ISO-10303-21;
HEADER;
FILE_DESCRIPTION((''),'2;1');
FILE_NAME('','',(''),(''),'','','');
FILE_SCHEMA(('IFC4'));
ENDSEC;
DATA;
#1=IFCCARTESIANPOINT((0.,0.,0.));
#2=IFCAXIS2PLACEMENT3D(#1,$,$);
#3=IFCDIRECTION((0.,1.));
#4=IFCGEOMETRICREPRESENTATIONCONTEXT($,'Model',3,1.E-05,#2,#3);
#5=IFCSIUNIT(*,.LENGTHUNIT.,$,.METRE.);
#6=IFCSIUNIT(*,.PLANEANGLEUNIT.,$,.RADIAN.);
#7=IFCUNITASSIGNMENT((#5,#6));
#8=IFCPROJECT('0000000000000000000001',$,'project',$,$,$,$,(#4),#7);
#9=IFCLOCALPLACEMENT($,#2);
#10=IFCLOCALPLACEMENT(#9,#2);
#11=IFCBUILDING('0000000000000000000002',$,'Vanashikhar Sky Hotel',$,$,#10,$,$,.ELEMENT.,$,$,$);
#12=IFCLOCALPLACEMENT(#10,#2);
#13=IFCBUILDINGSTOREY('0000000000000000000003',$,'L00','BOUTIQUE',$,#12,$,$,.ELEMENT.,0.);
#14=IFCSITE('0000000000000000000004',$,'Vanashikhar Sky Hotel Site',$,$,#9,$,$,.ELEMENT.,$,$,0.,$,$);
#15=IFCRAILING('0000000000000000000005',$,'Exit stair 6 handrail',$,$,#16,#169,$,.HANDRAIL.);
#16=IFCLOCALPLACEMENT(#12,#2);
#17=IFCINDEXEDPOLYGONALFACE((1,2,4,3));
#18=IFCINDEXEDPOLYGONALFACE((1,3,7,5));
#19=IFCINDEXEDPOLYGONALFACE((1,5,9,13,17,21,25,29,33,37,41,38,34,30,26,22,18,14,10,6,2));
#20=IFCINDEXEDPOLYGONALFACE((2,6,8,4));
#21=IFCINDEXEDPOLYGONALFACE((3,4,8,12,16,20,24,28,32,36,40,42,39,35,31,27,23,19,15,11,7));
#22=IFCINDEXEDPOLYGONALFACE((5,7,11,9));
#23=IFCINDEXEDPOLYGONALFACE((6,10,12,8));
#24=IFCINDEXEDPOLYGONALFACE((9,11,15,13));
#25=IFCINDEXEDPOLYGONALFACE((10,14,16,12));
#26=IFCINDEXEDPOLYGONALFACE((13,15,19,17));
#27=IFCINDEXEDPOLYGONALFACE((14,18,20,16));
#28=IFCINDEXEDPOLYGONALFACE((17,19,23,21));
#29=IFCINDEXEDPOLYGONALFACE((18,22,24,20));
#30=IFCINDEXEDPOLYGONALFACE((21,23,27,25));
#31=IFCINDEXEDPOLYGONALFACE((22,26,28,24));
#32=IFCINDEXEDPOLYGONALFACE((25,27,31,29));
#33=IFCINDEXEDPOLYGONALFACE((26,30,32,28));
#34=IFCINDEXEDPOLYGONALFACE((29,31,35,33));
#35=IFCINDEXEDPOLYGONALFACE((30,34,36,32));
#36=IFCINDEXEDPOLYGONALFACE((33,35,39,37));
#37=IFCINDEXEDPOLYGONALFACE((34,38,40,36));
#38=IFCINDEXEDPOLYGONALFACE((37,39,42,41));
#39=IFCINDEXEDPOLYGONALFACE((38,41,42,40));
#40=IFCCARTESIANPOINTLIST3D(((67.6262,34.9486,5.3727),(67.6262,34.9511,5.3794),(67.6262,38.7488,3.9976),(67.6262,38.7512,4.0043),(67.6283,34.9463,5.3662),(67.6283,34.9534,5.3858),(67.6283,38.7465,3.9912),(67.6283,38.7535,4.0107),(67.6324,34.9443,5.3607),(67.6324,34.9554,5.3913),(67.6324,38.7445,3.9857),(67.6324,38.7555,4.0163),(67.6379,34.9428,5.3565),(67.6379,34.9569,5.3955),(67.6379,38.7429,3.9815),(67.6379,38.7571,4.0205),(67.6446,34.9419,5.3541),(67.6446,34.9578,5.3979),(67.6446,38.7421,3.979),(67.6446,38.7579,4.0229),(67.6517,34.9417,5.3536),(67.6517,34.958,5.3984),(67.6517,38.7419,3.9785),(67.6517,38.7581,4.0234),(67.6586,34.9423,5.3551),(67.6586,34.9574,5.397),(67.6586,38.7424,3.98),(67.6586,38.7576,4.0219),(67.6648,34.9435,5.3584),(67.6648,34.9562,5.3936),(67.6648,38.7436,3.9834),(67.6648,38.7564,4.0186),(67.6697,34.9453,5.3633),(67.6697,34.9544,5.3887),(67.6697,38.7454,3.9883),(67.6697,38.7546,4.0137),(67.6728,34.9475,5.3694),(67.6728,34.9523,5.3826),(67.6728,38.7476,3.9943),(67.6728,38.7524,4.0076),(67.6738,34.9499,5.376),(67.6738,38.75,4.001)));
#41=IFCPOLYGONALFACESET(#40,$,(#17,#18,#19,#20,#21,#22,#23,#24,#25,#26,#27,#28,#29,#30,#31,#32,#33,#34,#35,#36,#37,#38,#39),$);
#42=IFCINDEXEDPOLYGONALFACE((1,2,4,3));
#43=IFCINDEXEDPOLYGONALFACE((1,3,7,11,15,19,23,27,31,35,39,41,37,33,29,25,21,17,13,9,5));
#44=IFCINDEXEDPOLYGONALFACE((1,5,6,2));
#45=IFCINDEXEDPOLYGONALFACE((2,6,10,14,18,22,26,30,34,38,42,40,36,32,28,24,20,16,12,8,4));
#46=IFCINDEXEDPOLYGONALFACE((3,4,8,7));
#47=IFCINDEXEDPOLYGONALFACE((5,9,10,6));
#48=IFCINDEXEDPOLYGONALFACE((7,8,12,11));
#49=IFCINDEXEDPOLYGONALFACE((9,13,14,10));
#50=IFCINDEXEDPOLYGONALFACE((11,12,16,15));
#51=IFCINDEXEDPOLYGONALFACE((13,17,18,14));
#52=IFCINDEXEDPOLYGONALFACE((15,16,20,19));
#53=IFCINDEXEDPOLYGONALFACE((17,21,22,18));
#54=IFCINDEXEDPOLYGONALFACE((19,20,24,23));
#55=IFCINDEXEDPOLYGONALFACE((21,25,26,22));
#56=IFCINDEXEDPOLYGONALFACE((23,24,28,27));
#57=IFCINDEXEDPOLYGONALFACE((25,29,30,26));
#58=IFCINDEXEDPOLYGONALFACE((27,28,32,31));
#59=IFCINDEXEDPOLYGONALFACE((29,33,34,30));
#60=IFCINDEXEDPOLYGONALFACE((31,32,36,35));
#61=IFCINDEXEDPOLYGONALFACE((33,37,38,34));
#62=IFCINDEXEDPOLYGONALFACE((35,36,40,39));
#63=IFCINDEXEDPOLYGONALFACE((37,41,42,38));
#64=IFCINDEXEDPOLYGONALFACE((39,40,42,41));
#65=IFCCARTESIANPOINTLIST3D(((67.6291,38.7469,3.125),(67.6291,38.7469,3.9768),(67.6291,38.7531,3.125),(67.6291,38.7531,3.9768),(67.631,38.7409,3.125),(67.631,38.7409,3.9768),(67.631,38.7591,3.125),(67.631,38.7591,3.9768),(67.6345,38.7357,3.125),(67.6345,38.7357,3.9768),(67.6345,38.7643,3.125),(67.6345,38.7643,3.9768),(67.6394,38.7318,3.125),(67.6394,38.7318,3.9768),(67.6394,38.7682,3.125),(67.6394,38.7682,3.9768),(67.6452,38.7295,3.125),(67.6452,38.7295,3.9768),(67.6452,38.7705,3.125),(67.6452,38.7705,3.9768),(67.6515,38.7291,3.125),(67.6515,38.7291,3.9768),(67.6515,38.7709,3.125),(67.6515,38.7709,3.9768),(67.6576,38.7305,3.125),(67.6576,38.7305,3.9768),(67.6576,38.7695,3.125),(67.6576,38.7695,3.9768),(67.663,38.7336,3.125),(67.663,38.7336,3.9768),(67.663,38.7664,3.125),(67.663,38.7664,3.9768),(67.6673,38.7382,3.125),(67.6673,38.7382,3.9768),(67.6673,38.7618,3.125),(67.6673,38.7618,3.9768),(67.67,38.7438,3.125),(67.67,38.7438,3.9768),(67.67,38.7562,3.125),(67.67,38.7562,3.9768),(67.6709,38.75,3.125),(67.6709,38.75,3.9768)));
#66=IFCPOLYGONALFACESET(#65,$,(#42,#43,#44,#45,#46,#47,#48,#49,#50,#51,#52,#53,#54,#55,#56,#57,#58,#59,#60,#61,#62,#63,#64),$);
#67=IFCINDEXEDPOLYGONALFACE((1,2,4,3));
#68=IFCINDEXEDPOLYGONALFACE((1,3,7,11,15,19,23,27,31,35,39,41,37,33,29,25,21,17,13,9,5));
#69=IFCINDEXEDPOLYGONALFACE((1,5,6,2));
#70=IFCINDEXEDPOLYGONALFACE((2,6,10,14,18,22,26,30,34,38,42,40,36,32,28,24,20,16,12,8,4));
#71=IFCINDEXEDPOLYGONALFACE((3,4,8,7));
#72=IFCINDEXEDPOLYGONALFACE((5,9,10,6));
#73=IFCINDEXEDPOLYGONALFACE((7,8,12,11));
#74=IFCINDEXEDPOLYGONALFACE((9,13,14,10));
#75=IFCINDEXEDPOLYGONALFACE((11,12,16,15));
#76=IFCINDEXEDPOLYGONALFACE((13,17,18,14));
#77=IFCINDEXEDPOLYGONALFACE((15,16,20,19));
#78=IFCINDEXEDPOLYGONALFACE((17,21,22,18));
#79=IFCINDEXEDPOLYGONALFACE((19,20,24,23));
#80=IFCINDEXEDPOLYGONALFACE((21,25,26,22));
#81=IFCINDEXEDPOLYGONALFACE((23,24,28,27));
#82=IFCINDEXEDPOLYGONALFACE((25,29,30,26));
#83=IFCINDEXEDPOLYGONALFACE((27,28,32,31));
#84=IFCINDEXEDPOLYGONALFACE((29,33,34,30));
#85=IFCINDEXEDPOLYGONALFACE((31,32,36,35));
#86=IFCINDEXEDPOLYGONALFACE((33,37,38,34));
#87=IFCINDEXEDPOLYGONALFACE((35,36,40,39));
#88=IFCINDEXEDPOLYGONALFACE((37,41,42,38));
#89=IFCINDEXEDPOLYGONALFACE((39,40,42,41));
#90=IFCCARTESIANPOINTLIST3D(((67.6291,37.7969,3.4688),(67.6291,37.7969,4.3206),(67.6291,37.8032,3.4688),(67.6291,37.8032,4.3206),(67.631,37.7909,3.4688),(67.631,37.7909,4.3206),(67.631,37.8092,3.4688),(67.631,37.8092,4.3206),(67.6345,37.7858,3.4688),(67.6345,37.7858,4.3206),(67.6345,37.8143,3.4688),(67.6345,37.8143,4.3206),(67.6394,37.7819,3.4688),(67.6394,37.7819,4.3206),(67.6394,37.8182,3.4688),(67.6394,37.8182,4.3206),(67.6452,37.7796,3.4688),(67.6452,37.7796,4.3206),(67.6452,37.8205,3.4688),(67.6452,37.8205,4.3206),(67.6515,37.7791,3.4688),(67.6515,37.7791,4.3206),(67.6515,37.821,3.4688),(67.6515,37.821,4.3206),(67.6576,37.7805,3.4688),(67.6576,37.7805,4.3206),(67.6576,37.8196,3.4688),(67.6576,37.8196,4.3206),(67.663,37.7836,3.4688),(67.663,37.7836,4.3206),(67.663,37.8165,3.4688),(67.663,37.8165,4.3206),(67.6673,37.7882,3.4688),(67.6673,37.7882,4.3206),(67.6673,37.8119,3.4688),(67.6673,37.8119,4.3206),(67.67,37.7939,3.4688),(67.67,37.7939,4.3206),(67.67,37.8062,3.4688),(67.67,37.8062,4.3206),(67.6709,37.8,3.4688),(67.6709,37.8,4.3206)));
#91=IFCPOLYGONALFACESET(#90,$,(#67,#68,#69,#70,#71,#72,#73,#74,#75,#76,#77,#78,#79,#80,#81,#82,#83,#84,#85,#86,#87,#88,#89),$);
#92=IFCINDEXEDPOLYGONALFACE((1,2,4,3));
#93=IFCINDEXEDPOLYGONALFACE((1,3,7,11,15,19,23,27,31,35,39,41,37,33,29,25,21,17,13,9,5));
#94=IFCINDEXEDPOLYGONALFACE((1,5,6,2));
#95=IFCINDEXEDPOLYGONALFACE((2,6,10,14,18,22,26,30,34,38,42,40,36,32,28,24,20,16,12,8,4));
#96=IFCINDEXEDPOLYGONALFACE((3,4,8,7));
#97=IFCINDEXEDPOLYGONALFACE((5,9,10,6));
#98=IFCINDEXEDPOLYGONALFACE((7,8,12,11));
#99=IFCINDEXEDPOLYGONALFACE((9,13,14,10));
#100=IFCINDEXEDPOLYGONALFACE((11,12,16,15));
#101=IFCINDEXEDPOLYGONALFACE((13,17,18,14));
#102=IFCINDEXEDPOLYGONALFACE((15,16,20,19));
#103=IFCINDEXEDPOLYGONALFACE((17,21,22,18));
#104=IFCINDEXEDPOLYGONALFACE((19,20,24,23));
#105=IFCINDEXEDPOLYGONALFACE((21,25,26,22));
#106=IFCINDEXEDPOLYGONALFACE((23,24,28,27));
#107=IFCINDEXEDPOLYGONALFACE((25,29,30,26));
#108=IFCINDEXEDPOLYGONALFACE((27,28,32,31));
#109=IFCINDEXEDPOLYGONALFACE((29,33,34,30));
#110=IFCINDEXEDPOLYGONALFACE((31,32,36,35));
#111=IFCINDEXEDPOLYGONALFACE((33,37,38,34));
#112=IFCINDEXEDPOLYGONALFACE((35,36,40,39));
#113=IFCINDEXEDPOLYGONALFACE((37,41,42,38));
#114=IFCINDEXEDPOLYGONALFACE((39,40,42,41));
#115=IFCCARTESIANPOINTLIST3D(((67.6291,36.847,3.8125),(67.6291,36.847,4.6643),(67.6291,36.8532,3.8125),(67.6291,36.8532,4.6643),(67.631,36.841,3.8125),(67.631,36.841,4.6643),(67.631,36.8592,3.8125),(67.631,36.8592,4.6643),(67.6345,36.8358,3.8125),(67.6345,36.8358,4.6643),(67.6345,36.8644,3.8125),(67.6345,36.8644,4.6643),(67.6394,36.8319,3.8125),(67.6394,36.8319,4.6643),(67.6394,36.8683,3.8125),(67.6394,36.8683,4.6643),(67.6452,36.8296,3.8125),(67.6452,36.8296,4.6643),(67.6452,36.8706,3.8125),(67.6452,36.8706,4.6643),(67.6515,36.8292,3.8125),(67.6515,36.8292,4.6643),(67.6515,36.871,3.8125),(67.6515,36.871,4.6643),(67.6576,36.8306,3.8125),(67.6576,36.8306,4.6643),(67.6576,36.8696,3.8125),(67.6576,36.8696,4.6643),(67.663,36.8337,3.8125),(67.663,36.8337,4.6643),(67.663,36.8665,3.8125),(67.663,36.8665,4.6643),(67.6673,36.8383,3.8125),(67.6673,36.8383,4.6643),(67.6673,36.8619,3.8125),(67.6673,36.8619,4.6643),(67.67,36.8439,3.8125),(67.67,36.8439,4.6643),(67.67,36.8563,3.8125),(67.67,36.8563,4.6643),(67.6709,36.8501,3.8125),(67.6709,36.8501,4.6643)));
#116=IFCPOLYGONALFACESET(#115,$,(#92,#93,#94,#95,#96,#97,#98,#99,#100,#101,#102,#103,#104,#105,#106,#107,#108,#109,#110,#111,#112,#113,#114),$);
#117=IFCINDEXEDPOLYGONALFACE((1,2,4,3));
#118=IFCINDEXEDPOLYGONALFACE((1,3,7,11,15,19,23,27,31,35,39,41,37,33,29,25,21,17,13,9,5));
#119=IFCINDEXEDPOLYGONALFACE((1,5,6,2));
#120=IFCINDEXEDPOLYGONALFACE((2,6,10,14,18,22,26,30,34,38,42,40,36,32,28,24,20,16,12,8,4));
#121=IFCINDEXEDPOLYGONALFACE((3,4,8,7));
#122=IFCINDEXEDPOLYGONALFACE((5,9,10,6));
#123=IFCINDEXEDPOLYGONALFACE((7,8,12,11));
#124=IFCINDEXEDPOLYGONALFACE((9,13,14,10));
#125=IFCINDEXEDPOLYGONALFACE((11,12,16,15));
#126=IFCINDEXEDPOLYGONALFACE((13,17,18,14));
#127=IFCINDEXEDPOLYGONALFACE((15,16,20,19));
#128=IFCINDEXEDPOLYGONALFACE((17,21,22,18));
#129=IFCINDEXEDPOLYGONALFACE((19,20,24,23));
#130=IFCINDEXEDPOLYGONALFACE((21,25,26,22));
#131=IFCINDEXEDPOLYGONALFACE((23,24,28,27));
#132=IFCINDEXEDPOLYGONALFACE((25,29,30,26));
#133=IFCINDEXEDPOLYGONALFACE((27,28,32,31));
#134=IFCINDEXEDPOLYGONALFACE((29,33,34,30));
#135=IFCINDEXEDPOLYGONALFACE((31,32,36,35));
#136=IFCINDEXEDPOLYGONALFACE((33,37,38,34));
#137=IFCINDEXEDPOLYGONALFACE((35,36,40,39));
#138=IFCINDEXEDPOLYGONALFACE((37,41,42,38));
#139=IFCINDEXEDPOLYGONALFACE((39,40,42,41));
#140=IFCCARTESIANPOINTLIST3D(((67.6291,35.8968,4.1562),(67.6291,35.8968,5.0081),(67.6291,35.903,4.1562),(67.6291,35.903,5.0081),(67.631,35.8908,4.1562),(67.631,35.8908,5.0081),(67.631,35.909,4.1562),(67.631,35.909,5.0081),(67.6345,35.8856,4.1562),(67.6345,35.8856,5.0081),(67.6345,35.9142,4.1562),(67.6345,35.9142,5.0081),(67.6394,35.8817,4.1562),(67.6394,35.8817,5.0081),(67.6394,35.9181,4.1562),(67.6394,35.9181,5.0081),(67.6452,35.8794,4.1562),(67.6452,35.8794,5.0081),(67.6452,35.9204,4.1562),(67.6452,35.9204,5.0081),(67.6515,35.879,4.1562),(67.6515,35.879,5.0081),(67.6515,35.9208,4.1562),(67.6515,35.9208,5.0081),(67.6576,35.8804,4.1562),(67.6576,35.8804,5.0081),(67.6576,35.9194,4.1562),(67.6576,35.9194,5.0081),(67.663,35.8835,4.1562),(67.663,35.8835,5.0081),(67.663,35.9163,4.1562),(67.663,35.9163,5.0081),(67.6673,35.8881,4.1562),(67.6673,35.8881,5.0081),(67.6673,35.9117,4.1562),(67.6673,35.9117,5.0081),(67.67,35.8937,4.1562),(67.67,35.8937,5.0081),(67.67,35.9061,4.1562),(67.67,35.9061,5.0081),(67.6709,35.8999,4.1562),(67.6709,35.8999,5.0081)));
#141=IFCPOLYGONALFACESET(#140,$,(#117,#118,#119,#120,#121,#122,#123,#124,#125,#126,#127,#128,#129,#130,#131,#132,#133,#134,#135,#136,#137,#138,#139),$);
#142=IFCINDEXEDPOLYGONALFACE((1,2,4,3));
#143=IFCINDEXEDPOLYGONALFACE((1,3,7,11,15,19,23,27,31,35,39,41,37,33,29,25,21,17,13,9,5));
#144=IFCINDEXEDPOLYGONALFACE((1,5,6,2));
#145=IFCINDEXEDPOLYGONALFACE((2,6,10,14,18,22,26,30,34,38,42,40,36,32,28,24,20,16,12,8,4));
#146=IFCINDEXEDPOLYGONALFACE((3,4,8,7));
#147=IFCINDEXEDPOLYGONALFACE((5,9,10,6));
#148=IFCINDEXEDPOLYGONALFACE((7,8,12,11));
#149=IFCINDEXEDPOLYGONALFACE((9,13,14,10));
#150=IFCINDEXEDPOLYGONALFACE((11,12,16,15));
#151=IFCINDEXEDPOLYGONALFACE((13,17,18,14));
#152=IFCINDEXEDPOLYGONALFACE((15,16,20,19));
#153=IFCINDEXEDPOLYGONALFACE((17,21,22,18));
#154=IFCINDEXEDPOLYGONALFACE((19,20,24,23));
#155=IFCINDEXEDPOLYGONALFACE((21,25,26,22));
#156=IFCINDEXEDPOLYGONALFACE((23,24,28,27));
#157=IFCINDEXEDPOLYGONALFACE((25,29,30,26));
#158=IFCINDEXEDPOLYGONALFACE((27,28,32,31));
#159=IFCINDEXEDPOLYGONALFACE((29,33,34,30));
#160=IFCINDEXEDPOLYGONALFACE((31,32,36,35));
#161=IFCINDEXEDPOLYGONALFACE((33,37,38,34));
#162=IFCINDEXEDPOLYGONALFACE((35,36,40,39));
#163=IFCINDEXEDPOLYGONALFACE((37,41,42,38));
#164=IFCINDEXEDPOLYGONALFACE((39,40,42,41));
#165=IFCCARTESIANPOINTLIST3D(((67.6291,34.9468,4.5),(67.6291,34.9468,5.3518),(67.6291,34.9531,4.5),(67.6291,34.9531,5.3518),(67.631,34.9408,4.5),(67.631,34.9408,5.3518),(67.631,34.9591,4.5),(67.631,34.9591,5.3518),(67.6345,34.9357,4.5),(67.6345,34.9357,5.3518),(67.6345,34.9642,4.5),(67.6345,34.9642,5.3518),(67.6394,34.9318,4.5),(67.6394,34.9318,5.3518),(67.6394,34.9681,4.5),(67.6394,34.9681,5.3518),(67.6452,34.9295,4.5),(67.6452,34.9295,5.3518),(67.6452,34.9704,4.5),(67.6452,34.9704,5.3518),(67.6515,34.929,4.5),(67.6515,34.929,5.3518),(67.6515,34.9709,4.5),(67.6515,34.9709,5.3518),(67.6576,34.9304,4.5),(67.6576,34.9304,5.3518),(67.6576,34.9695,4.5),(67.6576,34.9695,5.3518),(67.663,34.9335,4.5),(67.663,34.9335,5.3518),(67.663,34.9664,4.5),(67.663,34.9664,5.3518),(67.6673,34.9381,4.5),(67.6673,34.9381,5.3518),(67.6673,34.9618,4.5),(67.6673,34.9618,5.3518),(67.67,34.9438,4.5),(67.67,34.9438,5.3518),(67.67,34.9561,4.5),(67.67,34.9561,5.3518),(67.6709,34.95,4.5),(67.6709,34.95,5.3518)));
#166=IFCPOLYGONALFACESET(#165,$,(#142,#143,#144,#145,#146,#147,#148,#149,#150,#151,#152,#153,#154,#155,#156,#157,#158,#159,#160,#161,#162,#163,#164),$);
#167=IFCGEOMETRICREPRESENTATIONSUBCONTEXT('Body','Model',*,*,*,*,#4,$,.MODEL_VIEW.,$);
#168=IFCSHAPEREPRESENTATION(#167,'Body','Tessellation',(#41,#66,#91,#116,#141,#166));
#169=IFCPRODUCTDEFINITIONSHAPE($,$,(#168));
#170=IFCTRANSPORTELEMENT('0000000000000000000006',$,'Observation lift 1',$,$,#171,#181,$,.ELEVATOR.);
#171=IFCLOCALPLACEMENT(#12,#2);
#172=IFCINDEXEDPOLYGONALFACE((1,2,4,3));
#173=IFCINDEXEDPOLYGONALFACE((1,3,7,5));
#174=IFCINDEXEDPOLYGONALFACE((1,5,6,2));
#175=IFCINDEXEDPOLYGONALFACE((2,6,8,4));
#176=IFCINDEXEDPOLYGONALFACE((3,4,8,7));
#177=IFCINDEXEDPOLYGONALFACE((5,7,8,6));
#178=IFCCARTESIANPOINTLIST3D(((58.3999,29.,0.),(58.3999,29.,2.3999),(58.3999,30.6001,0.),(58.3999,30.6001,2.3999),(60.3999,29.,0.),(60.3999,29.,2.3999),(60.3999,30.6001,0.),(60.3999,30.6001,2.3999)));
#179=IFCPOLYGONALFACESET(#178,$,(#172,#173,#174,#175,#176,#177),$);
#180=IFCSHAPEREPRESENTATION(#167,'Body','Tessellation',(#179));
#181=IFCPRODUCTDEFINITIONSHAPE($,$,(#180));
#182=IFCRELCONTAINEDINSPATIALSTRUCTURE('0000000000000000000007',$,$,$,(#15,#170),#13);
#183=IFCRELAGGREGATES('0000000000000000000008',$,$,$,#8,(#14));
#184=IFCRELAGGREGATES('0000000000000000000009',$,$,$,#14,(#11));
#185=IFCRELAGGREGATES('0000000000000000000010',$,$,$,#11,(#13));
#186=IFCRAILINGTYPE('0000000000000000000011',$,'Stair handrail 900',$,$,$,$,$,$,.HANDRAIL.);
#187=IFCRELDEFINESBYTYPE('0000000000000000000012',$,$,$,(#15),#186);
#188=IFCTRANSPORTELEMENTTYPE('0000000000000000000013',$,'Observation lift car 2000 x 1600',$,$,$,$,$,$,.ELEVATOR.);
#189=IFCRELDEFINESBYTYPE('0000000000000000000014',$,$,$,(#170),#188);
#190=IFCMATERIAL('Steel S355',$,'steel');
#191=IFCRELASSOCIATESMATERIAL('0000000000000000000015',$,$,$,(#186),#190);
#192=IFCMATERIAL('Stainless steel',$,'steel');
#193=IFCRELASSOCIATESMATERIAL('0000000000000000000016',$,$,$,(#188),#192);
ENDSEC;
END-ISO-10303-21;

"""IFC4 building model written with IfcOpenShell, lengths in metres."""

from ifc_helpers import new_model, si_unit, direction, frame, origin, origin_2d, place, context, subcontext, project, spatial, rectangle, circle, extrude, source, transform, mapped, material, type_object, element, save


model = new_model("IFC4")

# Units and contexts
model_context = context("Model", 3, precision=1e-05, world=origin(), true_north=direction((0.0, 1.0)))
body_context = subcontext(model_context, "Body", "Model", "MODEL_VIEW")
ifc_project = project(units=[si_unit("LENGTHUNIT", "METRE"), si_unit("PLANEANGLEUNIT", "RADIAN")], contexts=[model_context])

# Site, building, storey
site_placement = place(None, origin())
site = spatial("IfcSite", under=ifc_project, at=site_placement, Name="Vanashikhar Sky Hotel Site", CompositionType="ELEMENT", RefElevation=0.0)
building_placement = place(site_placement, origin())
building = spatial("IfcBuilding", under=site, at=building_placement, Name="Vanashikhar Sky Hotel", CompositionType="ELEMENT")
storey_placement = place(building_placement, origin())
storey = spatial("IfcBuildingStorey", under=building, at=storey_placement, Name="L00", Description="BOUTIQUE", CompositionType="ELEMENT", Elevation=0.0)

# Shared definitions
ifc_material_1 = material(Name="Stainless steel", Category="steel")

# Railing
ifc_material_2 = material(Name="Steel S355", Category="steel")
railing_type = type_object("IfcRailingType", Name="Stair handrail 900", PredefinedType="HANDRAIL", material=ifc_material_2)
shared_shape_1 = source(origin(), body_context, "Body", "SweptSolid", [
    extrude(circle(Radius=0.0239, at=origin_2d()), frame((0.0, 0.0, 0.876), z_axis=(0.0, -0.940336, 0.340249), x_axis=(1.0, 0.0, 0.0)), (0.0, 0.0, 1.0), 4.0413),
    extrude(circle(Radius=0.021, at=origin_2d()), origin(), (0.0, 0.0, 1.0), 0.8518),
    extrude(circle(Radius=0.021, at=origin_2d()), frame((0.0, -0.95, 0.3438)), (0.0, 0.0, 1.0), 0.8518),
    extrude(circle(Radius=0.021, at=origin_2d()), frame((0.0, -1.8999, 0.6875)), (0.0, 0.0, 1.0), 0.8518),
    extrude(circle(Radius=0.021, at=origin_2d()), frame((0.0, -2.8501, 1.0312)), (0.0, 0.0, 1.0), 0.8518),
    extrude(circle(Radius=0.021, at=origin_2d()), frame((0.0, -3.8, 1.375)), (0.0, 0.0, 1.0), 0.8518),
])
for number, where, name in (
    (1, (67.6499, 38.75, 3.125), "Exit stair 6 handrail"),
):
    element("IfcRailing", number, at=place(storey_placement, frame(where)), inside=storey, type_object=railing_type, Name=name, PredefinedType="HANDRAIL", context=body_context, shape_type="MappedRepresentation", body=[
        mapped(shared_shape_1, transform((0.0, 0.0, 0.0), scale=1.0)),
    ])

# Transport element
transport_element_type = type_object("IfcTransportElementType", Name="Observation lift car 2000 x 1600", PredefinedType="ELEVATOR", material=ifc_material_1)
shared_shape_2 = source(origin(), body_context, "Body", "SweptSolid", [
    extrude(rectangle(XDim=2.0, YDim=1.6001, at=origin_2d()), origin(), (0.0, 0.0, 1.0), 2.3999),
])
transport_element_placement = place(storey_placement, frame((59.3999, 29.8, 0.0), z_axis=(0.0, 0.0, 1.0), x_axis=(1.0, 0.0, 0.0)))
element("IfcTransportElement", 2, at=transport_element_placement, inside=storey, type_object=transport_element_type, Name="Observation lift 1", PredefinedType="ELEVATOR", context=body_context, shape_type="MappedRepresentation", body=[
    mapped(shared_shape_2, transform((0.0, 0.0, 0.0), scale=1.0)),
])

save(model, "model.ifc")
